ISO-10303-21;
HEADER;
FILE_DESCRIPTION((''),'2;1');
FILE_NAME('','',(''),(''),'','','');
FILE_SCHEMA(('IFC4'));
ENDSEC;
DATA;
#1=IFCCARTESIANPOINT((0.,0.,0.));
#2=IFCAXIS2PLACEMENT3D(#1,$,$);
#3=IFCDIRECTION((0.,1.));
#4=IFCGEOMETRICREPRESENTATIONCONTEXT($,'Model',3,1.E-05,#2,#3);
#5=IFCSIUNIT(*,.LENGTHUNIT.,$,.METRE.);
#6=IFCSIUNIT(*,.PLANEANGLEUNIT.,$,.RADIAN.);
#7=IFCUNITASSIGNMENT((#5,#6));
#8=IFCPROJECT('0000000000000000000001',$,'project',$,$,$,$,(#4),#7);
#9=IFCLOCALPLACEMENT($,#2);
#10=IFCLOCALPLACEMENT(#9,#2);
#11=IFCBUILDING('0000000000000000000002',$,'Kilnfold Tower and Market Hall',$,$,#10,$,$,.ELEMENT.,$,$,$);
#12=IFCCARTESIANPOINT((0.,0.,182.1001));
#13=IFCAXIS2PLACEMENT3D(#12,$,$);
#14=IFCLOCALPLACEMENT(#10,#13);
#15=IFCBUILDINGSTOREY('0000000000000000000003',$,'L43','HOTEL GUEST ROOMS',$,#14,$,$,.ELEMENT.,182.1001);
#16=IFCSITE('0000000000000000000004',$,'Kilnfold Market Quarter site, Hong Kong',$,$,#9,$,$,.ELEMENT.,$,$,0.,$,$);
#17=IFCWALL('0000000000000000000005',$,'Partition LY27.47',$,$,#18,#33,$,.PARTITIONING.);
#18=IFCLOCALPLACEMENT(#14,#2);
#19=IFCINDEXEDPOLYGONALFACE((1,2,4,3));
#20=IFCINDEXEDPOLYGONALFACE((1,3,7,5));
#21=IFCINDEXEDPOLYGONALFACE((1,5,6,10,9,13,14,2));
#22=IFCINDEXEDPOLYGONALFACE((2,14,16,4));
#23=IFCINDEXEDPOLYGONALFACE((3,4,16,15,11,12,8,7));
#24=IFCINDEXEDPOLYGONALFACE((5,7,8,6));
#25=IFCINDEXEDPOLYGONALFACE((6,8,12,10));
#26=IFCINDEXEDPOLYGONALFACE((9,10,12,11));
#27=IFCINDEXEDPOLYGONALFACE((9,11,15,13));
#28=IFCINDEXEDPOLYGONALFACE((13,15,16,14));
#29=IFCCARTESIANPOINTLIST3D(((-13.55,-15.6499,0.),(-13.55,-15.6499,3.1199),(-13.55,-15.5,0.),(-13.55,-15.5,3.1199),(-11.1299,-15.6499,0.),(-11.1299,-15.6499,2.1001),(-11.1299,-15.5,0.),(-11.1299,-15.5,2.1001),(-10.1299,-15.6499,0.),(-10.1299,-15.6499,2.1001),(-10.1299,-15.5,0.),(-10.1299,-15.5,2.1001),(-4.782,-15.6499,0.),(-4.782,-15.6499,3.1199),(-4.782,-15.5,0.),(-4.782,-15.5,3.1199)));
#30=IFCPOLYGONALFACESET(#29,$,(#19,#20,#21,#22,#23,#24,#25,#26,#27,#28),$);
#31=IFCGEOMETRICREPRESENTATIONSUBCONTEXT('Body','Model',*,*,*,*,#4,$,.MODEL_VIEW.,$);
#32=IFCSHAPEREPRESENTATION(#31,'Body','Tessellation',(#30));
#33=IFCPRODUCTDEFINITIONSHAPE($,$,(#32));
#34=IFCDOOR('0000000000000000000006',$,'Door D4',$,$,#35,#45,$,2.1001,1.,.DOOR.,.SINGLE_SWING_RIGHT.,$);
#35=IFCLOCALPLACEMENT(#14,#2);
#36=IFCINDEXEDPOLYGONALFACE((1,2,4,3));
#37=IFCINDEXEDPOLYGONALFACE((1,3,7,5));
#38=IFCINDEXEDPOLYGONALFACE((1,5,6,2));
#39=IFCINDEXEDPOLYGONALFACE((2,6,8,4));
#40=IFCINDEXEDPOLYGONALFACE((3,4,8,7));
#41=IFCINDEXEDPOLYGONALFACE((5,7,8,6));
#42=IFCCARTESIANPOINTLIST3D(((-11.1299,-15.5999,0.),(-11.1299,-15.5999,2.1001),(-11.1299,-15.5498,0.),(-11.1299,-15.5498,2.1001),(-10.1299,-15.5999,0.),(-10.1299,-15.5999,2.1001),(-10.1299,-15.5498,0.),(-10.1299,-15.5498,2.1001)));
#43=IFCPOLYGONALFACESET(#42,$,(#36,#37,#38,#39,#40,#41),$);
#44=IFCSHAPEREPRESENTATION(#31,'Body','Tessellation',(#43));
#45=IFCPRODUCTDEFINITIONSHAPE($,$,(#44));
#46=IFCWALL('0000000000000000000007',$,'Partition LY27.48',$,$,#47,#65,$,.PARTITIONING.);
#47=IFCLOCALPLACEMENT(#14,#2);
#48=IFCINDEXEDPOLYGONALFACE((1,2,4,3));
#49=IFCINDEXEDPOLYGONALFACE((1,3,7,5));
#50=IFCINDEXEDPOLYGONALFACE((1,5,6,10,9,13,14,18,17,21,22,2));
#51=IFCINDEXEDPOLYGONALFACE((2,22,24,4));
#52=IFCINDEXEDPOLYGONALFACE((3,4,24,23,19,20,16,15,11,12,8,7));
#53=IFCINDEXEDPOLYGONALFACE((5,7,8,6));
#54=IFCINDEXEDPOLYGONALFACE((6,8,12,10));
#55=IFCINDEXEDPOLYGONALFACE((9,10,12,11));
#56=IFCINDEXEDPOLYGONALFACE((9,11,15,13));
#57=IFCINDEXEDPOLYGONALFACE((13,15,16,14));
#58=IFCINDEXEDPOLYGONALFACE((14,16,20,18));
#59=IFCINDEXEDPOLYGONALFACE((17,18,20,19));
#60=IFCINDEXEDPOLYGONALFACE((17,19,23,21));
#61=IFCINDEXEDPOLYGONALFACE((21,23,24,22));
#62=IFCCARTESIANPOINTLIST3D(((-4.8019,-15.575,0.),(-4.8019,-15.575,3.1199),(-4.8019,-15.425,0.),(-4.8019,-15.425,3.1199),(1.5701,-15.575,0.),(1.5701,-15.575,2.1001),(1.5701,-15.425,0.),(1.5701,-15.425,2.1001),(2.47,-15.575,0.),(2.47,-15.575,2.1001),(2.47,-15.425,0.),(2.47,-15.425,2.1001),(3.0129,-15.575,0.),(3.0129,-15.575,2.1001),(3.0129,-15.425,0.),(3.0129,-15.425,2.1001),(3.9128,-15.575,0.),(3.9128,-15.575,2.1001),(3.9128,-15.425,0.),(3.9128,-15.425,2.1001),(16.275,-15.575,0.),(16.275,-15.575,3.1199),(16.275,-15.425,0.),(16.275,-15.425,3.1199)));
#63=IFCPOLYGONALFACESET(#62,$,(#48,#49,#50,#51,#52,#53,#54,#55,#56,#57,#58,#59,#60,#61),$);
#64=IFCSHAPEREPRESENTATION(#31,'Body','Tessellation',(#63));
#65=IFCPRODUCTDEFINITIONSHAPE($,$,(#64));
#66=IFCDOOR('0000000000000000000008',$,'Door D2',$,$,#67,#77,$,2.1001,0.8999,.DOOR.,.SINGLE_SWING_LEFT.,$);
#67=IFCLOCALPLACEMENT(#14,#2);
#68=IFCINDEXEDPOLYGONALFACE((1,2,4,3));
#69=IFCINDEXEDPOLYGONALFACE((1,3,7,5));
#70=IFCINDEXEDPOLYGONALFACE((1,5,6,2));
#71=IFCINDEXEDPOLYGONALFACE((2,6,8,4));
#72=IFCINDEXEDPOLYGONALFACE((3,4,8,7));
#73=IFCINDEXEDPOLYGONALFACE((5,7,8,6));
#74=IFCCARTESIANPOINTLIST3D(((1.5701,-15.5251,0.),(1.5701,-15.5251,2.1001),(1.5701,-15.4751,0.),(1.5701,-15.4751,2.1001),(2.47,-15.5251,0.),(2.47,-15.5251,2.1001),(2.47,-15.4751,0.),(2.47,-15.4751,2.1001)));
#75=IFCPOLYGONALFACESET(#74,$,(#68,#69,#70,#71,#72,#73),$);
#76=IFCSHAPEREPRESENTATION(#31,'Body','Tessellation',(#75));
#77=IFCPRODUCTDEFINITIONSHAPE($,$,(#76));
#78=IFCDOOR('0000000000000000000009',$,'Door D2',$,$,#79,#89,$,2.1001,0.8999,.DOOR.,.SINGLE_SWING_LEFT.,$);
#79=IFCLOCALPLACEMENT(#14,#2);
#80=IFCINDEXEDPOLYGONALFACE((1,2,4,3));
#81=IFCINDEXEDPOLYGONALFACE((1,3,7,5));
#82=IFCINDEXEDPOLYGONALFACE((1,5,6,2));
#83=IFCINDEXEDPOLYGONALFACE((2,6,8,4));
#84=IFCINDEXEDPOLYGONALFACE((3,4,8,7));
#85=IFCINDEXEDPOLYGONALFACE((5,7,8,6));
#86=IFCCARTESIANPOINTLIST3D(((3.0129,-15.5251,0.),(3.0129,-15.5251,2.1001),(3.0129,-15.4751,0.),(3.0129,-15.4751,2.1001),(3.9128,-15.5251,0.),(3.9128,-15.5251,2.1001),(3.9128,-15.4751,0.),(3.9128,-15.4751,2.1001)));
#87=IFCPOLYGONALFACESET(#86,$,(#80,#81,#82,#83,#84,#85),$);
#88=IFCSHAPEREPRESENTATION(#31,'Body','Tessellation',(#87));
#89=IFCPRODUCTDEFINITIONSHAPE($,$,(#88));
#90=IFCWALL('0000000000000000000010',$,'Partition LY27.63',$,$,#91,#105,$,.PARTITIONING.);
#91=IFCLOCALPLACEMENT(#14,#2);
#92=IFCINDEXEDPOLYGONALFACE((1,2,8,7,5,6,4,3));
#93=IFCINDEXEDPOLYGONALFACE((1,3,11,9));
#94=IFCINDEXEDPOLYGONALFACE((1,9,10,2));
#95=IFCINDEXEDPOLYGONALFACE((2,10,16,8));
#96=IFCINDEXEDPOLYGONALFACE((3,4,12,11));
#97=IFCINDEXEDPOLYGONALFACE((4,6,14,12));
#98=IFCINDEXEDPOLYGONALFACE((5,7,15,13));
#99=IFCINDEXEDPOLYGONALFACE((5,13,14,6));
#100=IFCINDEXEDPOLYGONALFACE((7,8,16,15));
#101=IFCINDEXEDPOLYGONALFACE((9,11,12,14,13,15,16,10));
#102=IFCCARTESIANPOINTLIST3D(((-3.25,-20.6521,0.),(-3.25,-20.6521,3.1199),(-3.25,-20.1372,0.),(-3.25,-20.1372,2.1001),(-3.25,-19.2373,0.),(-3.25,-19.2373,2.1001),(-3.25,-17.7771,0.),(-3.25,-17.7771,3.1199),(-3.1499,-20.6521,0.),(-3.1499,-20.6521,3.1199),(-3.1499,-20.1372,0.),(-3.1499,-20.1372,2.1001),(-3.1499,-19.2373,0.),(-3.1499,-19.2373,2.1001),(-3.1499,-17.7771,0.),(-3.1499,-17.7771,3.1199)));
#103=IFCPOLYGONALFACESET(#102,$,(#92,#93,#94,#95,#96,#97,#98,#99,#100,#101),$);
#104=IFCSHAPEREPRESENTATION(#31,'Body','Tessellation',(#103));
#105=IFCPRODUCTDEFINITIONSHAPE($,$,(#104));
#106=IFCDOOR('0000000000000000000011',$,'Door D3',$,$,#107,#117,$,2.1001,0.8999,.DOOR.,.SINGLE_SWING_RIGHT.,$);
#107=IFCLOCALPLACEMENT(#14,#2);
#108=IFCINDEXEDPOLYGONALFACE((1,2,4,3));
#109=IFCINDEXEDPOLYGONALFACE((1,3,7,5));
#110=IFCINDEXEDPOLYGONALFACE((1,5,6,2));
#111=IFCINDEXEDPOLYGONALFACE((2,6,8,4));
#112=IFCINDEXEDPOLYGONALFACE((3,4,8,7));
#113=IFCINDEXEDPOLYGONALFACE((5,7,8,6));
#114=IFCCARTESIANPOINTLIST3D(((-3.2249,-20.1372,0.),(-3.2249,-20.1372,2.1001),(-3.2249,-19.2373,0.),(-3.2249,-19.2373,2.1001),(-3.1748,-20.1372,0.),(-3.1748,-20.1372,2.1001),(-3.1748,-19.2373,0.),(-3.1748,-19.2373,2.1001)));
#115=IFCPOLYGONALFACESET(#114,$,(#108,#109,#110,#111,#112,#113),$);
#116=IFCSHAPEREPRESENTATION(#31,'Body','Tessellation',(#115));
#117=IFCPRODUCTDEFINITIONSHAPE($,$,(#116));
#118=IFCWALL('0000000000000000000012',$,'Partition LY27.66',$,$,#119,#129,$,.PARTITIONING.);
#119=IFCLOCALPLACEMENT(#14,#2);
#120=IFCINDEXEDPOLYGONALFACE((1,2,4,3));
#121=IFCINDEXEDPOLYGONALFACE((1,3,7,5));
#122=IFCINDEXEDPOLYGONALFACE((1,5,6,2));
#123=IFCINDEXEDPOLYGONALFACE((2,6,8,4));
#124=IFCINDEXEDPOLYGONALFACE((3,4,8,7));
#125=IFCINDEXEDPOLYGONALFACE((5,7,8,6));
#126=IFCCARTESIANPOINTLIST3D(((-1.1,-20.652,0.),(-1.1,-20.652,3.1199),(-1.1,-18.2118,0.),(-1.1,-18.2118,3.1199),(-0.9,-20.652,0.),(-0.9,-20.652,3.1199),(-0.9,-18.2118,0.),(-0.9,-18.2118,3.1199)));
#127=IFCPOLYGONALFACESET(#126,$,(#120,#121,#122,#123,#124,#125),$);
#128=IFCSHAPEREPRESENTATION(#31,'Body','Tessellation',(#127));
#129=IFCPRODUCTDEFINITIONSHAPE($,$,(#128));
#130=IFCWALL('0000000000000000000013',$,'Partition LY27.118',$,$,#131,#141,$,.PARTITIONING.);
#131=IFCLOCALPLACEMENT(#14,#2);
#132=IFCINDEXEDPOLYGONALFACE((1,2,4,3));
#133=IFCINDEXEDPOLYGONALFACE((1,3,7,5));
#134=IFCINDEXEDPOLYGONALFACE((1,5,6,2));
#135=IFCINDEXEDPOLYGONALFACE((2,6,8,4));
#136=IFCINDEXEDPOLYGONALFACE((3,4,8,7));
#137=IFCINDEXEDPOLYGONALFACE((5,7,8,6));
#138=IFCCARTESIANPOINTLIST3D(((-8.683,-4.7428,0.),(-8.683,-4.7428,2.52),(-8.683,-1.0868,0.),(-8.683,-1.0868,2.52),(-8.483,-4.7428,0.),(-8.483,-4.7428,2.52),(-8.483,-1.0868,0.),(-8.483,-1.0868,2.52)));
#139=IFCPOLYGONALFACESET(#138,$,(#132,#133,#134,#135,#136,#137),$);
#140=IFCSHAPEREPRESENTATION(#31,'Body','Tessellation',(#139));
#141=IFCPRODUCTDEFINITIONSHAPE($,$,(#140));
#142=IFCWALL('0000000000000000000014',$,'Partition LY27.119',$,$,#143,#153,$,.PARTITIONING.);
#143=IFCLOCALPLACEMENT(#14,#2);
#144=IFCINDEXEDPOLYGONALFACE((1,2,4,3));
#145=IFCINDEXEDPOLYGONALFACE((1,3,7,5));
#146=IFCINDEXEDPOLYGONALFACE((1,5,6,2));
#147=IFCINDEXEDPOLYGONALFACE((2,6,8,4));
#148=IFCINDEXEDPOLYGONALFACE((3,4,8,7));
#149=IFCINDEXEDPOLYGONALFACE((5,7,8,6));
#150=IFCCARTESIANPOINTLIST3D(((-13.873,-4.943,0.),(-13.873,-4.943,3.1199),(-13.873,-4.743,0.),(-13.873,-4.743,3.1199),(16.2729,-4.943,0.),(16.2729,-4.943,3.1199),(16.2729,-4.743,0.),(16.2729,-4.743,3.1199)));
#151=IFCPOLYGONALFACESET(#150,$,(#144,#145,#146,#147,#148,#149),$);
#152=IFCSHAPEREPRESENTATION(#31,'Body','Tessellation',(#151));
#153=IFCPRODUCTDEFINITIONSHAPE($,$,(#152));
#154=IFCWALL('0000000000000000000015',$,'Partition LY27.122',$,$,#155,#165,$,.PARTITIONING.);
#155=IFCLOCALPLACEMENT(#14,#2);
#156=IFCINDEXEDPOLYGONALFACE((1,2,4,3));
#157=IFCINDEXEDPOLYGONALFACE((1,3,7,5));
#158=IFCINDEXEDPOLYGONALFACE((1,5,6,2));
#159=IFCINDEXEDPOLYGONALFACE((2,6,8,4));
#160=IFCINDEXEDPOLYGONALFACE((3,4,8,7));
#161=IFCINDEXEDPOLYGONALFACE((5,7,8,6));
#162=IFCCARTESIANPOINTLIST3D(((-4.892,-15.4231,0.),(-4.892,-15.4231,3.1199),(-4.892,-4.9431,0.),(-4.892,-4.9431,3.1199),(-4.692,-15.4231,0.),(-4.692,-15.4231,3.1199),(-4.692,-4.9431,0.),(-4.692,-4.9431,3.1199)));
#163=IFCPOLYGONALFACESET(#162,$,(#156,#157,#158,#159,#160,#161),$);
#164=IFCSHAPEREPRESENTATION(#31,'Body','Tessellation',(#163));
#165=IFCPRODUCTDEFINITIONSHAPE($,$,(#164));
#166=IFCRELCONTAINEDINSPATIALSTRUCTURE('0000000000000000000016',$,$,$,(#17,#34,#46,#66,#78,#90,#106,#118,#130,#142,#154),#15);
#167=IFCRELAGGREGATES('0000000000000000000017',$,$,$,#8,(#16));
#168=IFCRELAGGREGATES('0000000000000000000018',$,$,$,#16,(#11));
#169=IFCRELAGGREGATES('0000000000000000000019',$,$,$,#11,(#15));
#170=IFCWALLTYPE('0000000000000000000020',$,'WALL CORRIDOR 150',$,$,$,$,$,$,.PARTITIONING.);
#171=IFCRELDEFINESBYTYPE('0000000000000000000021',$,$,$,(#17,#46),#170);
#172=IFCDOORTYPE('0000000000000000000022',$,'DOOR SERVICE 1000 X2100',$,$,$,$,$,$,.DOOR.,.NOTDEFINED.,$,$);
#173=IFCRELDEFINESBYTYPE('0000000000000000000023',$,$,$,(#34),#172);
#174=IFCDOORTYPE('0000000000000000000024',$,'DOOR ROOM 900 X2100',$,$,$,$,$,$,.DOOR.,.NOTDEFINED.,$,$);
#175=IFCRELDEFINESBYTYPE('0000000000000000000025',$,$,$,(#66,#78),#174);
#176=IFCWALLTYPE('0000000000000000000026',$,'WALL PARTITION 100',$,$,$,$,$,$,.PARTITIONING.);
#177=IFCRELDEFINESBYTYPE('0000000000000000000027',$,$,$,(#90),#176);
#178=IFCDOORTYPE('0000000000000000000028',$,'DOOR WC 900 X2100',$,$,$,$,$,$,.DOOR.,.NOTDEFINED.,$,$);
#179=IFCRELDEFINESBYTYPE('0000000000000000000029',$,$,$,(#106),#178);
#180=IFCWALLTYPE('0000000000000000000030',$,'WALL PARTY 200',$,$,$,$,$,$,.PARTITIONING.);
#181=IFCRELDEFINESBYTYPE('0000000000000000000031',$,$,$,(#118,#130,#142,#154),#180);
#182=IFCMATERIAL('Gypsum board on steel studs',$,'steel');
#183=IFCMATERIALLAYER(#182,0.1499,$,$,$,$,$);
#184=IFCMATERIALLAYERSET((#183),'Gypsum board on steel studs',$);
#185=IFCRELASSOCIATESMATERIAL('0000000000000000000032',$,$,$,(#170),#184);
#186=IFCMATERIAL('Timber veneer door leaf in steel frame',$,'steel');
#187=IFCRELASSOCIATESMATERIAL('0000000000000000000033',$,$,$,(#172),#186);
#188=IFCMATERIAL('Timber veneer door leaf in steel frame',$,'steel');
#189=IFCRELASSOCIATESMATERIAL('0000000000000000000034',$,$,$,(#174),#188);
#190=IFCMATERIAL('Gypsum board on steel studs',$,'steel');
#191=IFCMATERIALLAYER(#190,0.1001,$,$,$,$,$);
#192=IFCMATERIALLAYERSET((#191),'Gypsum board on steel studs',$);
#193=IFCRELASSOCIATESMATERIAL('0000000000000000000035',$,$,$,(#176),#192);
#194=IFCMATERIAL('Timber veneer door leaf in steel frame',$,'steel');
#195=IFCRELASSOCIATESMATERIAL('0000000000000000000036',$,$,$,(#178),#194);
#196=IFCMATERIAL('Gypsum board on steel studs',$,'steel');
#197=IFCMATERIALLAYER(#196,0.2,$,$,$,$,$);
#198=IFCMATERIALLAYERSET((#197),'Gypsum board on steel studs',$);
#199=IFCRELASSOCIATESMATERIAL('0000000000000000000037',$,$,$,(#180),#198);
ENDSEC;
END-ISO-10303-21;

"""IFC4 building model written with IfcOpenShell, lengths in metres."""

from ifc_helpers import new_model, si_unit, direction, frame, frame_2d, origin, place, context, subcontext, project, spatial, rectangle, extrude, material, layer, layer_set, type_object, element, fill, save


model = new_model("IFC4")

# Units and contexts
model_context = context("Model", 3, precision=1e-05, world=origin(), true_north=direction((0.0, 1.0)))
body_context = subcontext(model_context, "Body", "Model", "MODEL_VIEW")
ifc_project = project(units=[si_unit("LENGTHUNIT", "METRE"), si_unit("PLANEANGLEUNIT", "RADIAN")], contexts=[model_context])

# Site, building, storey
site_placement = place(None, origin())
site = spatial("IfcSite", under=ifc_project, at=site_placement, Name="Kilnfold Market Quarter site, Hong Kong", CompositionType="ELEMENT", RefElevation=0.0)
building_placement = place(site_placement, origin())
building = spatial("IfcBuilding", under=site, at=building_placement, Name="Kilnfold Tower and Market Hall", CompositionType="ELEMENT")
storey_placement = place(building_placement, frame((0.0, 0.0, 182.1001)))
storey = spatial("IfcBuildingStorey", under=building, at=storey_placement, Name="L43", Description="HOTEL GUEST ROOMS", CompositionType="ELEMENT", Elevation=182.1001)

# Shared definitions
ifc_material_1 = material(Name="Gypsum board on steel studs", Category="steel")
ifc_layer_1 = layer(ifc_material_1, 0.1499)
ifc_layer_set_1 = layer_set([ifc_layer_1], Name="Gypsum board on steel studs")
wall_type_1 = type_object("IfcWallType", Name="WALL CORRIDOR 150", PredefinedType="PARTITIONING", material=ifc_layer_set_1)

# Wall, opening, door
wall_1_placement = place(storey_placement, frame((-4.782, -15.575, 0.0), z_axis=(0.0, 0.0, 1.0), x_axis=(-1.0, 0.0, 0.0)))
wall_1 = element("IfcWall", 1, at=wall_1_placement, inside=storey, type_object=wall_type_1, Name="Partition LY27.47", PredefinedType="PARTITIONING", context=body_context, shape_type="SweptSolid", body=[
    extrude(rectangle(XDim=8.7681, YDim=0.1499, at=frame_2d((4.384, 0.0))), origin(), (0.0, 0.0, 1.0), 3.1199),
])
opening_1_placement = place(wall_1_placement, frame((5.3479, 0.0, 0.0)))
opening_1 = element("IfcOpeningElement", 2, at=opening_1_placement, cuts=wall_1, PredefinedType="OPENING", context=body_context, shape_type="SweptSolid", body=[
    extrude(rectangle(XDim=1.0, YDim=2.1001, at=frame_2d((0.5, 1.05))), frame((0.0, 0.085, 0.0), z_axis=(0.0, -1.0, 0.0), x_axis=(1.0, 0.0, 0.0)), (0.0, 0.0, 1.0), 0.1699),
])
ifc_material_2 = material(Name="Timber veneer door leaf in steel frame", Category="steel")
door_type_1 = type_object("IfcDoorType", Name="DOOR SERVICE 1000 X2100", OperationType="NOTDEFINED", PredefinedType="DOOR", material=ifc_material_2)
door_1_placement = place(opening_1_placement, origin())
door_1 = element("IfcDoor", 3, at=door_1_placement, inside=storey, type_object=door_type_1, Name="Door D4", OperationType="SINGLE_SWING_RIGHT", OverallHeight=2.1001, OverallWidth=1.0, PredefinedType="DOOR", context=body_context, shape_type="SweptSolid", body=[
    extrude(rectangle(XDim=1.0, YDim=2.1001, at=frame_2d((0.5, 1.05))), frame((0.0, 0.0249, 0.0), z_axis=(0.0, -1.0, 0.0), x_axis=(1.0, 0.0, 0.0)), (0.0, 0.0, 1.0), 0.05),
])
fill(opening_1, door_1)

# Wall, openings, doors
wall_2_placement = place(storey_placement, frame((-4.802, -15.5, 0.0), z_axis=(0.0, 0.0, 1.0), x_axis=(1.0, 0.0, 0.0)))
wall_2 = element("IfcWall", 4, at=wall_2_placement, inside=storey, type_object=wall_type_1, Name="Partition LY27.48", PredefinedType="PARTITIONING", context=body_context, shape_type="SweptSolid", body=[
    extrude(rectangle(XDim=21.0769, YDim=0.1499, at=frame_2d((10.5386, 0.0))), origin(), (0.0, 0.0, 1.0), 3.1199),
])
opening_2_placement = place(wall_2_placement, frame((6.3721, 0.0, 0.0)))
opening_2 = element("IfcOpeningElement", 5, at=opening_2_placement, cuts=wall_2, PredefinedType="OPENING", context=body_context, shape_type="SweptSolid", body=[
    extrude(rectangle(XDim=0.8999, YDim=2.1001, at=frame_2d((0.45, 1.05))), frame((0.0, 0.085, 0.0), z_axis=(0.0, -1.0, 0.0), x_axis=(1.0, 0.0, 0.0)), (0.0, 0.0, 1.0), 0.1699),
])
opening_3_placement = place(wall_2_placement, frame((7.8149, 0.0, 0.0)))
opening_3 = element("IfcOpeningElement", 6, at=opening_3_placement, cuts=wall_2, PredefinedType="OPENING", context=body_context, shape_type="SweptSolid", body=[
    extrude(rectangle(XDim=0.8999, YDim=2.1001, at=frame_2d((0.45, 1.05))), frame((0.0, 0.085, 0.0), z_axis=(0.0, -1.0, 0.0), x_axis=(1.0, 0.0, 0.0)), (0.0, 0.0, 1.0), 0.1699),
])
ifc_material_3 = material(Name="Timber veneer door leaf in steel frame", Category="steel")
door_type_2 = type_object("IfcDoorType", Name="DOOR ROOM 900 X2100", OperationType="NOTDEFINED", PredefinedType="DOOR", material=ifc_material_3)
door_2_placement = place(opening_2_placement, origin())
door_2 = element("IfcDoor", 7, at=door_2_placement, inside=storey, type_object=door_type_2, Name="Door D2", OperationType="SINGLE_SWING_LEFT", OverallHeight=2.1001, OverallWidth=0.8999, PredefinedType="DOOR", context=body_context, shape_type="SweptSolid", body=[
    extrude(rectangle(XDim=0.8999, YDim=2.1001, at=frame_2d((0.45, 1.05))), frame((0.0, 0.0249, 0.0), z_axis=(0.0, -1.0, 0.0), x_axis=(1.0, 0.0, 0.0)), (0.0, 0.0, 1.0), 0.05),
])
fill(opening_2, door_2)
door_3_placement = place(opening_3_placement, origin())
door_3 = element("IfcDoor", 8, at=door_3_placement, inside=storey, type_object=door_type_2, Name="Door D2", OperationType="SINGLE_SWING_LEFT", OverallHeight=2.1001, OverallWidth=0.8999, PredefinedType="DOOR", context=body_context, shape_type="SweptSolid", body=[
    extrude(rectangle(XDim=0.8999, YDim=2.1001, at=frame_2d((0.45, 1.05))), frame((0.0, 0.0249, 0.0), z_axis=(0.0, -1.0, 0.0), x_axis=(1.0, 0.0, 0.0)), (0.0, 0.0, 1.0), 0.05),
])
fill(opening_3, door_3)

# Wall, opening, door
ifc_material_4 = material(Name="Gypsum board on steel studs", Category="steel")
ifc_layer_2 = layer(ifc_material_4, 0.1001)
ifc_layer_set_2 = layer_set([ifc_layer_2], Name="Gypsum board on steel studs")
wall_type_2 = type_object("IfcWallType", Name="WALL PARTITION 100", PredefinedType="PARTITIONING", material=ifc_layer_set_2)
wall_3_placement = place(storey_placement, frame((-3.2, -20.6521, 0.0), z_axis=(0.0, 0.0, 1.0), x_axis=(0.0, 1.0, 0.0)))
wall_3 = element("IfcWall", 9, at=wall_3_placement, inside=storey, type_object=wall_type_2, Name="Partition LY27.63", PredefinedType="PARTITIONING", context=body_context, shape_type="SweptSolid", body=[
    extrude(rectangle(XDim=2.875, YDim=0.1001, at=frame_2d((1.4375, 0.0))), origin(), (0.0, 0.0, 1.0), 3.1199),
])
opening_4_placement = place(wall_3_placement, frame((0.5149, 0.0, 0.0)))
opening_4 = element("IfcOpeningElement", 10, at=opening_4_placement, cuts=wall_3, PredefinedType="OPENING", context=body_context, shape_type="SweptSolid", body=[
    extrude(rectangle(XDim=0.8999, YDim=2.1001, at=frame_2d((0.45, 1.05))), frame((0.0, 0.0601, 0.0), z_axis=(0.0, -1.0, 0.0), x_axis=(1.0, 0.0, 0.0)), (0.0, 0.0, 1.0), 0.1201),
])
ifc_material_5 = material(Name="Timber veneer door leaf in steel frame", Category="steel")
door_type_3 = type_object("IfcDoorType", Name="DOOR WC 900 X2100", OperationType="NOTDEFINED", PredefinedType="DOOR", material=ifc_material_5)
door_4_placement = place(opening_4_placement, origin())
door_4 = element("IfcDoor", 11, at=door_4_placement, inside=storey, type_object=door_type_3, Name="Door D3", OperationType="SINGLE_SWING_RIGHT", OverallHeight=2.1001, OverallWidth=0.8999, PredefinedType="DOOR", context=body_context, shape_type="SweptSolid", body=[
    extrude(rectangle(XDim=0.8999, YDim=2.1001, at=frame_2d((0.45, 1.05))), frame((0.0, 0.0249, 0.0), z_axis=(0.0, -1.0, 0.0), x_axis=(1.0, 0.0, 0.0)), (0.0, 0.0, 1.0), 0.05),
])
fill(opening_4, door_4)

# Walls
ifc_material_6 = material(Name="Gypsum board on steel studs", Category="steel")
ifc_layer_3 = layer(ifc_material_6, 0.2)
ifc_layer_set_3 = layer_set([ifc_layer_3], Name="Gypsum board on steel studs")
wall_type_3 = type_object("IfcWallType", Name="WALL PARTY 200", PredefinedType="PARTITIONING", material=ifc_layer_set_3)
wall_4_placement = place(storey_placement, frame((-1.0, -20.6521, 0.0), z_axis=(0.0, 0.0, 1.0), x_axis=(0.0, 1.0, 0.0)))
element("IfcWall", 12, at=wall_4_placement, inside=storey, type_object=wall_type_3, Name="Partition LY27.66", PredefinedType="PARTITIONING", context=body_context, shape_type="SweptSolid", body=[
    extrude(rectangle(XDim=2.4402, YDim=0.2, at=frame_2d((1.2202, 0.0))), origin(), (0.0, 0.0, 1.0), 3.1199),
])
wall_5_placement = place(storey_placement, frame((-8.583, -4.7429, 0.0), z_axis=(0.0, 0.0, 1.0), x_axis=(0.0, 1.0, 0.0)))
element("IfcWall", 13, at=wall_5_placement, inside=storey, type_object=wall_type_3, Name="Partition LY27.118", PredefinedType="PARTITIONING", context=body_context, shape_type="SweptSolid", body=[
    extrude(rectangle(XDim=3.656, YDim=0.2, at=frame_2d((1.8281, 0.0))), origin(), (0.0, 0.0, 1.0), 2.52),
])
wall_6_placement = place(storey_placement, frame((-13.873, -4.843, 0.0), z_axis=(0.0, 0.0, 1.0), x_axis=(1.0, 0.0, 0.0)))
element("IfcWall", 14, at=wall_6_placement, inside=storey, type_object=wall_type_3, Name="Partition LY27.119", PredefinedType="PARTITIONING", context=body_context, shape_type="SweptSolid", body=[
    extrude(rectangle(XDim=30.146, YDim=0.2, at=frame_2d((15.073, 0.0))), origin(), (0.0, 0.0, 1.0), 3.1199),
])
wall_7_placement = place(storey_placement, frame((-4.792, -15.4231, 0.0), z_axis=(0.0, 0.0, 1.0), x_axis=(0.0, 1.0, 0.0)))
element("IfcWall", 15, at=wall_7_placement, inside=storey, type_object=wall_type_3, Name="Partition LY27.122", PredefinedType="PARTITIONING", context=body_context, shape_type="SweptSolid", body=[
    extrude(rectangle(XDim=10.48, YDim=0.2, at=frame_2d((5.24, 0.0))), origin(), (0.0, 0.0, 1.0), 3.1199),
])

save(model, "model.ifc")
